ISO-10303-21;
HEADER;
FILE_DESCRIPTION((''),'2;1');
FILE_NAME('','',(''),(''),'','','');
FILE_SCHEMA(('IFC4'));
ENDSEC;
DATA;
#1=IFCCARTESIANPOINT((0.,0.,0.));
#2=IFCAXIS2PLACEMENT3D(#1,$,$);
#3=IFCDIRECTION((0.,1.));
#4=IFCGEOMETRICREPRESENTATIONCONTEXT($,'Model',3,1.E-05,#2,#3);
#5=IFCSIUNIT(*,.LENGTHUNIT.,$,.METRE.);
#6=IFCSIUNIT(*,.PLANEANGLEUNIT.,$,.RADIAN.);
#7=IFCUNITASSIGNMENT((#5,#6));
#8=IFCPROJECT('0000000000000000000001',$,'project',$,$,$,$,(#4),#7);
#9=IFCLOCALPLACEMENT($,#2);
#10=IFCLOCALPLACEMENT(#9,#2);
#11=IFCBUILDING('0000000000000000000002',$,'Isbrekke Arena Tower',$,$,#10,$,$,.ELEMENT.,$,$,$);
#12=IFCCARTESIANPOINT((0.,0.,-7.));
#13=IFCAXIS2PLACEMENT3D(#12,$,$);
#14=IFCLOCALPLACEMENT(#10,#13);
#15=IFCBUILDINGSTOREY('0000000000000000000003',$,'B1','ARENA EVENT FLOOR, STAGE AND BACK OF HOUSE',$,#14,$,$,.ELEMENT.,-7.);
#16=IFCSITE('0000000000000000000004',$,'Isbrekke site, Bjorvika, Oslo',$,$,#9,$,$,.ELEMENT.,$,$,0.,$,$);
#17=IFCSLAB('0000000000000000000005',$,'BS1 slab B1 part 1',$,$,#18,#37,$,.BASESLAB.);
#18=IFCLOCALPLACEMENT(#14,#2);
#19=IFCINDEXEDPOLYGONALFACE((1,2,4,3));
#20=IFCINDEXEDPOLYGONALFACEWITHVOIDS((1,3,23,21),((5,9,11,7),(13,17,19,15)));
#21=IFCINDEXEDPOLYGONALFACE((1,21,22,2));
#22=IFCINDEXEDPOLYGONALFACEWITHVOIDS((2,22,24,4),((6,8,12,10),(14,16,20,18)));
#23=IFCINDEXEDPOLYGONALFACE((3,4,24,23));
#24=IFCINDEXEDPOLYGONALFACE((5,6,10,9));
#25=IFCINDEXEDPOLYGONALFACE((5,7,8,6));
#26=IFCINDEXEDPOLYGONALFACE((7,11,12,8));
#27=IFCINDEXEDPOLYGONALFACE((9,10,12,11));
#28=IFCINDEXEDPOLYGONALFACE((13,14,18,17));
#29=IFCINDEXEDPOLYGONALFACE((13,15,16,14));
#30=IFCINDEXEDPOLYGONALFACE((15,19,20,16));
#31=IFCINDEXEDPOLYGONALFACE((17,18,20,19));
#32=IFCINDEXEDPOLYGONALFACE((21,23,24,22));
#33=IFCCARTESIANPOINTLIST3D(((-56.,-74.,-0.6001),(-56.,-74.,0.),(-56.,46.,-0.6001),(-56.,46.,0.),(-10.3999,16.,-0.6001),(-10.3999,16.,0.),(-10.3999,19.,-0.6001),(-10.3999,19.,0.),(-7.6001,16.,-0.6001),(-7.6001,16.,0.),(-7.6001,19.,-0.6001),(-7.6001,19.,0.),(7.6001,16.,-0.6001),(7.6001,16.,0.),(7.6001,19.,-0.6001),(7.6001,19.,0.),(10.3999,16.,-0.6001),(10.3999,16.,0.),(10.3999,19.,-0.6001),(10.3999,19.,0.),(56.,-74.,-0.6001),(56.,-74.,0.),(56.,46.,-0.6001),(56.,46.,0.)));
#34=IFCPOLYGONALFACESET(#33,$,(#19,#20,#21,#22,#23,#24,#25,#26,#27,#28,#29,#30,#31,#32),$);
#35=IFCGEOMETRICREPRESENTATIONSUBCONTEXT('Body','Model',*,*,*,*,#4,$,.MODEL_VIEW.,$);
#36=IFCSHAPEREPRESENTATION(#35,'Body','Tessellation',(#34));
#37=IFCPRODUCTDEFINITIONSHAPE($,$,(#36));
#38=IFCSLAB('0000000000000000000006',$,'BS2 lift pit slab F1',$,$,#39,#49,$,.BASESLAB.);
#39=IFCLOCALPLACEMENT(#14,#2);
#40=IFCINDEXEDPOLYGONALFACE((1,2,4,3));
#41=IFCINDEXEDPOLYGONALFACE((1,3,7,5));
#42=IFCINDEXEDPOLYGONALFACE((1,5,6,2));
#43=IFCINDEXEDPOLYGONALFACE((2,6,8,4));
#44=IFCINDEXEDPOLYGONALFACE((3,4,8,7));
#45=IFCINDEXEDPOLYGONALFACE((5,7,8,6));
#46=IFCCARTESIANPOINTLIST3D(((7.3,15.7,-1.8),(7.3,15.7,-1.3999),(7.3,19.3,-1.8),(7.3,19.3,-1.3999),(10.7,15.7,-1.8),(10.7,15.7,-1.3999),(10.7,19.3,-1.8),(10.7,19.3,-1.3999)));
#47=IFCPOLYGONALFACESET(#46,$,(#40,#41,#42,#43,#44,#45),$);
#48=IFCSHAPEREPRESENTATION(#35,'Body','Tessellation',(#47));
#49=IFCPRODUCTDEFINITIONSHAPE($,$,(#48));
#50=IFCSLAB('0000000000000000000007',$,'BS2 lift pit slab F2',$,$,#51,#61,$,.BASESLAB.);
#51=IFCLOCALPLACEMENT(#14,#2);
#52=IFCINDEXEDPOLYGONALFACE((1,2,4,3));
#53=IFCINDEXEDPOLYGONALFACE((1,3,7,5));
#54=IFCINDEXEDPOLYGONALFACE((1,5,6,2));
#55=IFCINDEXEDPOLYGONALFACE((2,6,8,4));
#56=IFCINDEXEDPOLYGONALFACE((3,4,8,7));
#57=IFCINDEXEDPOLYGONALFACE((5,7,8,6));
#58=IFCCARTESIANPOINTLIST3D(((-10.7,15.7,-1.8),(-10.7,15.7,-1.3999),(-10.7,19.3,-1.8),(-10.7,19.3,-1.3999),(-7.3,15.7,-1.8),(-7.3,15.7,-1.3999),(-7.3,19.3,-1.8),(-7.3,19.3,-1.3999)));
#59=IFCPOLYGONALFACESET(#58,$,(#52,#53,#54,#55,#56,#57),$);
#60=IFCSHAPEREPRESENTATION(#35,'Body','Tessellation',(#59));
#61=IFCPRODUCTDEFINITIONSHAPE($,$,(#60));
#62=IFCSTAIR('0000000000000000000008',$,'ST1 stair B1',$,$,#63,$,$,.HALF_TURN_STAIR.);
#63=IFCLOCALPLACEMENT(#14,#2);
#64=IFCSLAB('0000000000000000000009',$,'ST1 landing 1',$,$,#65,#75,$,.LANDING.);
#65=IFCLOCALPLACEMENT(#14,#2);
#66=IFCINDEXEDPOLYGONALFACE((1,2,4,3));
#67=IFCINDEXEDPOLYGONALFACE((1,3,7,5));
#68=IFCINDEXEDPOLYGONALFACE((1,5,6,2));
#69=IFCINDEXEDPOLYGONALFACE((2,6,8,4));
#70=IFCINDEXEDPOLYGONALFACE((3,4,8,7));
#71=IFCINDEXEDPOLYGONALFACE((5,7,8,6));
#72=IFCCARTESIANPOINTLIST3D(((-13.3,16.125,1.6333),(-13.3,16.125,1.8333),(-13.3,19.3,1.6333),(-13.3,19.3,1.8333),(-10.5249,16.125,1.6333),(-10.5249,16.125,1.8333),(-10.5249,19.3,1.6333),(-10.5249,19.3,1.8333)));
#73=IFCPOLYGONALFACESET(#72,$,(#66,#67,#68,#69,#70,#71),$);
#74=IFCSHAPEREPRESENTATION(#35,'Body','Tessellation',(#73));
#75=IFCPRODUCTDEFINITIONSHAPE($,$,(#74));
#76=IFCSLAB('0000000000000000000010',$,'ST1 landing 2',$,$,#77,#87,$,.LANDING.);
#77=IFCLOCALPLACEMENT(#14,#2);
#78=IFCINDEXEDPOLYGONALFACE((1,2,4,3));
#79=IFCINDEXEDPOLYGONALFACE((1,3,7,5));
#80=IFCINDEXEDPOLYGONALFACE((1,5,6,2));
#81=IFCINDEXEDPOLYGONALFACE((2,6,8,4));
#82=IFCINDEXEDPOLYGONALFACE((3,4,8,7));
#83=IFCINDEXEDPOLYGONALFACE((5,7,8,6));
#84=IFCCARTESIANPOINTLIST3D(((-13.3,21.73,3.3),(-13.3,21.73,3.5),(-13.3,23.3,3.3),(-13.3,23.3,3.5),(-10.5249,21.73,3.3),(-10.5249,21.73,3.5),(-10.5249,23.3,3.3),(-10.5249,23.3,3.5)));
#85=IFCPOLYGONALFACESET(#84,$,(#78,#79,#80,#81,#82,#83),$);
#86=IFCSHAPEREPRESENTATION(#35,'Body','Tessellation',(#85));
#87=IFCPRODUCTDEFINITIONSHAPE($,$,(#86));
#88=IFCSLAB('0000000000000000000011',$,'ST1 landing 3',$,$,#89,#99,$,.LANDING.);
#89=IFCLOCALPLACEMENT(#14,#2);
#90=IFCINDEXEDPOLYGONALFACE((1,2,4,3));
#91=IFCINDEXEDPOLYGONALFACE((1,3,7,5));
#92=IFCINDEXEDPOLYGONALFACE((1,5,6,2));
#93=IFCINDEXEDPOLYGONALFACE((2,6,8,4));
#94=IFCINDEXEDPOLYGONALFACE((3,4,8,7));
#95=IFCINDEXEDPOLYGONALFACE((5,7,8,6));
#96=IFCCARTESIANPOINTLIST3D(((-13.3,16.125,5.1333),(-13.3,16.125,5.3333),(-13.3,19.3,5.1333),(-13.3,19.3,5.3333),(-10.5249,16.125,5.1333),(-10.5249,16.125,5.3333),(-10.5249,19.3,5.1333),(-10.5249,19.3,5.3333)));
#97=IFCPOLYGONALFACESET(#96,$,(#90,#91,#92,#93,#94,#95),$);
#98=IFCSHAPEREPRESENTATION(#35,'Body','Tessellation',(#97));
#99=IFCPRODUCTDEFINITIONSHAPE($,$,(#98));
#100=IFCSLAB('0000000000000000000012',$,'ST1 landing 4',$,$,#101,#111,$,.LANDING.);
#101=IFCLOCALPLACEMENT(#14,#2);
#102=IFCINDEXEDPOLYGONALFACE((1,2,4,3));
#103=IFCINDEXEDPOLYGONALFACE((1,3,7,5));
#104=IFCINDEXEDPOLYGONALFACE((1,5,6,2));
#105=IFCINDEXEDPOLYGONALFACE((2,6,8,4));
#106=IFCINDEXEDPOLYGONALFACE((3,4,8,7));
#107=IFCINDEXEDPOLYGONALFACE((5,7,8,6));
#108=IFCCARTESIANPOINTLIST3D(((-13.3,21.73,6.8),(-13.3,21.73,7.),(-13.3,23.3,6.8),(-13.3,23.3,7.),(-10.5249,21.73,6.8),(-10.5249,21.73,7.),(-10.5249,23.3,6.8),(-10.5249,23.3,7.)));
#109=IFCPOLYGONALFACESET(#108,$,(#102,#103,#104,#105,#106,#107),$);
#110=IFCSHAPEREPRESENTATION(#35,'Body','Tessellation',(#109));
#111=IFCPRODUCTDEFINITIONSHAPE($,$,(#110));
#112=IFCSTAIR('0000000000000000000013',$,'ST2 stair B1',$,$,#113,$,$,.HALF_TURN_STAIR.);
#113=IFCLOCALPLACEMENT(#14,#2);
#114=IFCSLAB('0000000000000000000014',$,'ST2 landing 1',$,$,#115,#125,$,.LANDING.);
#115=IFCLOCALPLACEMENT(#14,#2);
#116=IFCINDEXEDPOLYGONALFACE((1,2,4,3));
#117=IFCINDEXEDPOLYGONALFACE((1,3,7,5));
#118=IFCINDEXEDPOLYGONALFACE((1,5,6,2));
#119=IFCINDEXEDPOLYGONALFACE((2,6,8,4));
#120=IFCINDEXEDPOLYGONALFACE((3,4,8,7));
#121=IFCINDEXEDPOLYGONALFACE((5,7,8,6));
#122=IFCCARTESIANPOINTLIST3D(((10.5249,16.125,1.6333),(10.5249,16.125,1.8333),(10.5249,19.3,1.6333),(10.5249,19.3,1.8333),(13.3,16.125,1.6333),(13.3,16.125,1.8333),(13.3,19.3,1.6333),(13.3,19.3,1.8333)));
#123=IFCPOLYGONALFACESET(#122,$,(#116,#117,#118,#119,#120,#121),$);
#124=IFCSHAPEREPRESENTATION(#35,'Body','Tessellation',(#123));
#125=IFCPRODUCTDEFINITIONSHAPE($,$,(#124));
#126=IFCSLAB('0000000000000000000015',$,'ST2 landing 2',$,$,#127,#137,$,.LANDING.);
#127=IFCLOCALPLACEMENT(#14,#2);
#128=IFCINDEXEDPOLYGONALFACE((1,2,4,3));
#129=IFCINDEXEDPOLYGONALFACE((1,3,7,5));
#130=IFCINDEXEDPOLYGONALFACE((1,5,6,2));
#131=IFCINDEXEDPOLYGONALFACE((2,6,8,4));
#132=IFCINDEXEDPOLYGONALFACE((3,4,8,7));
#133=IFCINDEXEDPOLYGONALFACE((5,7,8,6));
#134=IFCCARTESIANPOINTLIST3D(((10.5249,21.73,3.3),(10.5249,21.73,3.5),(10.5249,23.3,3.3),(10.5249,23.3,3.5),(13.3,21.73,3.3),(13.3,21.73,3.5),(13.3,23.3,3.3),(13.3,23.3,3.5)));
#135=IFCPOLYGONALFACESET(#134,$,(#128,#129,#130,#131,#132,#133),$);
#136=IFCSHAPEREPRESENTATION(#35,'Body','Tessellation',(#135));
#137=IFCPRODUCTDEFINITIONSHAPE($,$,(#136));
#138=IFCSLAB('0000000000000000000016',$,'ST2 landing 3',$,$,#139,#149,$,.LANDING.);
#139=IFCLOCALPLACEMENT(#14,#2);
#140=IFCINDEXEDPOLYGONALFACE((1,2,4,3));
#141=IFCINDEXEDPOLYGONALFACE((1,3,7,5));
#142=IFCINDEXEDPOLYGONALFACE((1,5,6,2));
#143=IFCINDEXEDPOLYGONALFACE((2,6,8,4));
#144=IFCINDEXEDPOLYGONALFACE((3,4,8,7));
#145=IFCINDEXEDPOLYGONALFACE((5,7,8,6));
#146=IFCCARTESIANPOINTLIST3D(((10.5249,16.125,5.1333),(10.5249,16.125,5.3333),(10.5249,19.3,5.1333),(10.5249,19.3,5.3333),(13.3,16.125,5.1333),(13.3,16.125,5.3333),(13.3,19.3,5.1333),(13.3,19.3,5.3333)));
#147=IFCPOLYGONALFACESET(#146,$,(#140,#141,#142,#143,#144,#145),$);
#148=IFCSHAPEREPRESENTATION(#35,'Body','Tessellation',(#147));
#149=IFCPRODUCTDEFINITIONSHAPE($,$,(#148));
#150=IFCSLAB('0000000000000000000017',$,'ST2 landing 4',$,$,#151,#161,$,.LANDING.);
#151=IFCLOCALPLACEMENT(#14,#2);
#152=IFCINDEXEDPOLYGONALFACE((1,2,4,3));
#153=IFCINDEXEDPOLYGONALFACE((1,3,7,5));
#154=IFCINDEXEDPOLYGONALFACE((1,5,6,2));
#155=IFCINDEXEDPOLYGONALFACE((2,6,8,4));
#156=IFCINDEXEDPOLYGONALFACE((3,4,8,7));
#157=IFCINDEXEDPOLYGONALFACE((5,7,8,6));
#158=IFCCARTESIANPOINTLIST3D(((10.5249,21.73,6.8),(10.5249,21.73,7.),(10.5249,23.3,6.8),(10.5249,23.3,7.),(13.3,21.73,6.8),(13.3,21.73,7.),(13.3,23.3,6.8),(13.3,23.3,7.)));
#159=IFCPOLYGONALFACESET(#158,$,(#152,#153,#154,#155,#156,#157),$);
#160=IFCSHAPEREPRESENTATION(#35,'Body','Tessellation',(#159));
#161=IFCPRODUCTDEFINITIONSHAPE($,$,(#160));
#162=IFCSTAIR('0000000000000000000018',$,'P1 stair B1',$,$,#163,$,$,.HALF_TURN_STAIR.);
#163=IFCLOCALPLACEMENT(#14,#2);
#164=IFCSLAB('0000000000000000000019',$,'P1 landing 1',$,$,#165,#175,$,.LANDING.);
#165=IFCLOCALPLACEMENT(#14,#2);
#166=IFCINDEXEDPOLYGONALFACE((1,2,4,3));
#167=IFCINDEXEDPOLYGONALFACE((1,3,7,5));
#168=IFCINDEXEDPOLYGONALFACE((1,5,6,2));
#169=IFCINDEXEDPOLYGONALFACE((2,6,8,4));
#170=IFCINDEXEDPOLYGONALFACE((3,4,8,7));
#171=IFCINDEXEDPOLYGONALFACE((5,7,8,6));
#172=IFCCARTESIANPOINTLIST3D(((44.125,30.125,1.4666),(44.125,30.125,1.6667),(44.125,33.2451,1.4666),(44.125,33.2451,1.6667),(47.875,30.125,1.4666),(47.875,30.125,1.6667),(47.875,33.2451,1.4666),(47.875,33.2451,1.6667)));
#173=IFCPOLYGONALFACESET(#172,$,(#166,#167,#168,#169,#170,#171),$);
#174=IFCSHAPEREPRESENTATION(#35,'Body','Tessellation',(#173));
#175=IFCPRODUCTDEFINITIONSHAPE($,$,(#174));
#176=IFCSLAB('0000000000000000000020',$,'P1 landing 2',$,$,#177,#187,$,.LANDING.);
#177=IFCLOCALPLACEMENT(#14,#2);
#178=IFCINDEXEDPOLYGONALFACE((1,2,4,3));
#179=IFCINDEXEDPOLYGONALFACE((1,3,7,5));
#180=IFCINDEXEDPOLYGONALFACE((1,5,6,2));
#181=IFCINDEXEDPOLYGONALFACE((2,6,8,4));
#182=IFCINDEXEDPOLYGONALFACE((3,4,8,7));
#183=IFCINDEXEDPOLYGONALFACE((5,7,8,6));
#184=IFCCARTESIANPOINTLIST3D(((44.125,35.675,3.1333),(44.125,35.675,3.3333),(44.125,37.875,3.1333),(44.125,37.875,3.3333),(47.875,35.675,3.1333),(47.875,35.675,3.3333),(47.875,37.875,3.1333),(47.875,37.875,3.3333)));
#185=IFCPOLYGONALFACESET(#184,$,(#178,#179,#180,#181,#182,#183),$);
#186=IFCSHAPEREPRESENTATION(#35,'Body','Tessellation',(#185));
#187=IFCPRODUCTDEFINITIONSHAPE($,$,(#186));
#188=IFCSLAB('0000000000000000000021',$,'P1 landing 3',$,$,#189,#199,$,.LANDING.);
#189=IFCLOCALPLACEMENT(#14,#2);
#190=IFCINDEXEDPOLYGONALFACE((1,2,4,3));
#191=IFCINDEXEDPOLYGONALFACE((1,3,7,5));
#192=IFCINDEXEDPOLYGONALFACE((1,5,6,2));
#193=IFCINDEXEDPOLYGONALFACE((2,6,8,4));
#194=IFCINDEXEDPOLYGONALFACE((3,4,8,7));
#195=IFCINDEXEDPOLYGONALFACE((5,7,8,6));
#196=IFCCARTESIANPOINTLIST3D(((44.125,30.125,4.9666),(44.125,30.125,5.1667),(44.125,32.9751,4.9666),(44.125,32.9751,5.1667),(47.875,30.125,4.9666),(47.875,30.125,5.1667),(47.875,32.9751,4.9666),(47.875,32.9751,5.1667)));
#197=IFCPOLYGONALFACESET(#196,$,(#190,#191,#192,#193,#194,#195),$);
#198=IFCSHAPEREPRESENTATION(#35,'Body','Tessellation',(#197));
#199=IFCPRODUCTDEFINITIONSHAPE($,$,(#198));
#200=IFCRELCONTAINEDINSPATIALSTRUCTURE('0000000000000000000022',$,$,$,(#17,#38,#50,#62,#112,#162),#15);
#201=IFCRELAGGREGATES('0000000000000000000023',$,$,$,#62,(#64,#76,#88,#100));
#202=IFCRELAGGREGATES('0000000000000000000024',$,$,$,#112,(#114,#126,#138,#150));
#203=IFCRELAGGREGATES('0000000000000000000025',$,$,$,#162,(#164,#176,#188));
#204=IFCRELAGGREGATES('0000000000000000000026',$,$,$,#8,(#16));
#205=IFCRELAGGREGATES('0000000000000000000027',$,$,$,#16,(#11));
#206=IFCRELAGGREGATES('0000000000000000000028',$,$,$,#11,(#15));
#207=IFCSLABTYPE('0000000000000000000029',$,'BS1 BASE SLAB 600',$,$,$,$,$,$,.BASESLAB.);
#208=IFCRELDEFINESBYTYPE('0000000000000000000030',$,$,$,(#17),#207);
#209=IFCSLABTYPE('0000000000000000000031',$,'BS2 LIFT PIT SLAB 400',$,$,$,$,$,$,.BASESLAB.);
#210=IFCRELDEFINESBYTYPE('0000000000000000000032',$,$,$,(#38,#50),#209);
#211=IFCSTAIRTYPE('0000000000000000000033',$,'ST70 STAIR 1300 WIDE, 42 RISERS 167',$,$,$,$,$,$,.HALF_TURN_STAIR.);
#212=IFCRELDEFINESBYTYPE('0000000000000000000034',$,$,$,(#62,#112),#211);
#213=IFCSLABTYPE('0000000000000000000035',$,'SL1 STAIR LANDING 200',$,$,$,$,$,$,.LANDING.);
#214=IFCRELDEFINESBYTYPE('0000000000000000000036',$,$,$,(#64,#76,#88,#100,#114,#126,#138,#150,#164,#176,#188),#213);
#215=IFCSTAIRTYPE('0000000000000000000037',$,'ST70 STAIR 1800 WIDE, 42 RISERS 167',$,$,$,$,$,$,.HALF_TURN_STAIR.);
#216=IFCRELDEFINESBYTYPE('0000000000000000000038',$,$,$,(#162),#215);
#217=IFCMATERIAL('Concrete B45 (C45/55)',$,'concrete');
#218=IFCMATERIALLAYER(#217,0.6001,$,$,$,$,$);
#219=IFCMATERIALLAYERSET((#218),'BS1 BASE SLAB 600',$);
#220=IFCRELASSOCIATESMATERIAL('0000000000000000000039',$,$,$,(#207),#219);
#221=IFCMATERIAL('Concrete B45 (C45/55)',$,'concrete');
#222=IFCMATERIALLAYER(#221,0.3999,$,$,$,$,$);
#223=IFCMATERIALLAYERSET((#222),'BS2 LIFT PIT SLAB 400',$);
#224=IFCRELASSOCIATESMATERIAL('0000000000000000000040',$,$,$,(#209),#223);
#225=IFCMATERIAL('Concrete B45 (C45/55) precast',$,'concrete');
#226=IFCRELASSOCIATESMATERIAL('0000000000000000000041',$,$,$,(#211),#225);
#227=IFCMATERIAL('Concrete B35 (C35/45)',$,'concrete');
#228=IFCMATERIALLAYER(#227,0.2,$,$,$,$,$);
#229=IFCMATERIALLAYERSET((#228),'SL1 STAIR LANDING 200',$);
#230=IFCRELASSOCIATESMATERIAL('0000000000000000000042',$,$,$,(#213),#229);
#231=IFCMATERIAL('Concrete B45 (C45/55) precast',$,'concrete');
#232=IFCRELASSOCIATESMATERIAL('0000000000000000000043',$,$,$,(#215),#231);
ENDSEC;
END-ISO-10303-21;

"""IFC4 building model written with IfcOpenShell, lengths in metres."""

from ifc_helpers import new_model, si_unit, direction, frame, origin, place, context, subcontext, project, spatial, polyline, outline, extrude, material, layer, layer_set, type_object, element, aggregate, save


model = new_model("IFC4")

# Units and contexts
model_context = context("Model", 3, precision=1e-05, world=origin(), true_north=direction((0.0, 1.0)))
body_context = subcontext(model_context, "Body", "Model", "MODEL_VIEW")
ifc_project = project(units=[si_unit("LENGTHUNIT", "METRE"), si_unit("PLANEANGLEUNIT", "RADIAN")], contexts=[model_context])

# Site, building, storey
site_placement = place(None, origin())
site = spatial("IfcSite", under=ifc_project, at=site_placement, Name="Isbrekke site, Bjorvika, Oslo", CompositionType="ELEMENT", RefElevation=0.0)
building_placement = place(site_placement, origin())
building = spatial("IfcBuilding", under=site, at=building_placement, Name="Isbrekke Arena Tower", CompositionType="ELEMENT")
storey_placement = place(building_placement, frame((0.0, 0.0, -7.0)))
storey = spatial("IfcBuildingStorey", under=building, at=storey_placement, Name="B1", Description="ARENA EVENT FLOOR, STAGE AND BACK OF HOUSE", CompositionType="ELEMENT", Elevation=-7.0)

# Slabs
ifc_material_1 = material(Name="Concrete B45 (C45/55)", Category="concrete")
ifc_layer_1 = layer(ifc_material_1, 0.6001)
ifc_layer_set_1 = layer_set([ifc_layer_1], Name="BS1 BASE SLAB 600")
slab_type_1 = type_object("IfcSlabType", Name="BS1 BASE SLAB 600", PredefinedType="BASESLAB", material=ifc_layer_set_1)
slab_1_placement = place(storey_placement, frame((0.0, 0.0, -0.6001)))
element("IfcSlab", 1, at=slab_1_placement, inside=storey, type_object=slab_type_1, Name="BS1 slab B1 part 1", PredefinedType="BASESLAB", context=body_context, shape_type="SweptSolid", body=[
    extrude(outline(polyline([(-56.0, -74.0), (56.0, -74.0), (56.0, 46.0), (-56.0, 46.0), (-56.0, -74.0)]), holes=[polyline([(7.6001, 16.0), (10.3999, 16.0), (10.3999, 19.0), (7.6001, 19.0), (7.6001, 16.0)]), polyline([(-10.3999, 16.0), (-7.6001, 16.0), (-7.6001, 19.0), (-10.3999, 19.0), (-10.3999, 16.0)])]), origin(), (0.0, 0.0, 1.0), 0.6001),
])
ifc_material_2 = material(Name="Concrete B45 (C45/55)", Category="concrete")
ifc_layer_2 = layer(ifc_material_2, 0.3999)
ifc_layer_set_2 = layer_set([ifc_layer_2], Name="BS2 LIFT PIT SLAB 400")
slab_type_2 = type_object("IfcSlabType", Name="BS2 LIFT PIT SLAB 400", PredefinedType="BASESLAB", material=ifc_layer_set_2)
slab_2_placement = place(storey_placement, frame((0.0, 0.0, -1.8)))
element("IfcSlab", 2, at=slab_2_placement, inside=storey, type_object=slab_type_2, Name="BS2 lift pit slab F1", PredefinedType="BASESLAB", context=body_context, shape_type="SweptSolid", body=[
    extrude(outline(polyline([(7.3, 15.7), (10.7, 15.7), (10.7, 19.3), (7.3, 19.3), (7.3, 15.7)])), origin(), (0.0, 0.0, 1.0), 0.4001),
])
slab_3_placement = place(storey_placement, frame((0.0, 0.0, -1.8)))
element("IfcSlab", 3, at=slab_3_placement, inside=storey, type_object=slab_type_2, Name="BS2 lift pit slab F2", PredefinedType="BASESLAB", context=body_context, shape_type="SweptSolid", body=[
    extrude(outline(polyline([(-10.7, 15.7), (-7.3, 15.7), (-7.3, 19.3), (-10.7, 19.3), (-10.7, 15.7)])), origin(), (0.0, 0.0, 1.0), 0.4001),
])

# Stairs, slabs
ifc_material_3 = material(Name="Concrete B45 (C45/55) precast", Category="concrete")
stair_type_1 = type_object("IfcStairType", Name="ST70 STAIR 1300 WIDE, 42 RISERS 167", PredefinedType="HALF_TURN_STAIR", material=ifc_material_3)
stair_1_placement = place(storey_placement, origin())
stair_1 = element("IfcStair", 4, at=stair_1_placement, inside=storey, type_object=stair_type_1, Name="ST1 stair B1", PredefinedType="HALF_TURN_STAIR")
ifc_material_4 = material(Name="Concrete B35 (C35/45)", Category="concrete")
ifc_layer_3 = layer(ifc_material_4, 0.2)
ifc_layer_set_3 = layer_set([ifc_layer_3], Name="SL1 STAIR LANDING 200")
slab_type_3 = type_object("IfcSlabType", Name="SL1 STAIR LANDING 200", PredefinedType="LANDING", material=ifc_layer_set_3)
slab_4_placement = place(storey_placement, frame((0.0, 0.0, 1.6333)))
slab_4 = element("IfcSlab", 5, at=slab_4_placement, type_object=slab_type_3, Name="ST1 landing 1", PredefinedType="LANDING", context=body_context, shape_type="SweptSolid", body=[
    extrude(outline(polyline([(-13.3, 16.125), (-10.5249, 16.125), (-10.5249, 19.3), (-13.3, 19.3), (-13.3, 16.125)])), origin(), (0.0, 0.0, 1.0), 0.2),
])
slab_5_placement = place(storey_placement, frame((0.0, 0.0, 3.3)))
slab_5 = element("IfcSlab", 6, at=slab_5_placement, type_object=slab_type_3, Name="ST1 landing 2", PredefinedType="LANDING", context=body_context, shape_type="SweptSolid", body=[
    extrude(outline(polyline([(-13.3, 21.73), (-10.5249, 21.73), (-10.5249, 23.3), (-13.3, 23.3), (-13.3, 21.73)])), origin(), (0.0, 0.0, 1.0), 0.2),
])
slab_6_placement = place(storey_placement, frame((0.0, 0.0, 5.1333)))
slab_6 = element("IfcSlab", 7, at=slab_6_placement, type_object=slab_type_3, Name="ST1 landing 3", PredefinedType="LANDING", context=body_context, shape_type="SweptSolid", body=[
    extrude(outline(polyline([(-13.3, 16.125), (-10.5249, 16.125), (-10.5249, 19.3), (-13.3, 19.3), (-13.3, 16.125)])), origin(), (0.0, 0.0, 1.0), 0.2),
])
slab_7_placement = place(storey_placement, frame((0.0, 0.0, 6.8)))
slab_7 = element("IfcSlab", 8, at=slab_7_placement, type_object=slab_type_3, Name="ST1 landing 4", PredefinedType="LANDING", context=body_context, shape_type="SweptSolid", body=[
    extrude(outline(polyline([(-13.3, 21.73), (-10.5249, 21.73), (-10.5249, 23.3), (-13.3, 23.3), (-13.3, 21.73)])), origin(), (0.0, 0.0, 1.0), 0.2),
])
aggregate(stair_1, [slab_4, slab_5, slab_6, slab_7])
stair_2_placement = place(storey_placement, origin())
stair_2 = element("IfcStair", 9, at=stair_2_placement, inside=storey, type_object=stair_type_1, Name="ST2 stair B1", PredefinedType="HALF_TURN_STAIR")
slab_8_placement = place(storey_placement, frame((0.0, 0.0, 1.6333)))
slab_8 = element("IfcSlab", 10, at=slab_8_placement, type_object=slab_type_3, Name="ST2 landing 1", PredefinedType="LANDING", context=body_context, shape_type="SweptSolid", body=[
    extrude(outline(polyline([(10.5249, 16.125), (13.3, 16.125), (13.3, 19.3), (10.5249, 19.3), (10.5249, 16.125)])), origin(), (0.0, 0.0, 1.0), 0.2),
])
slab_9_placement = place(storey_placement, frame((0.0, 0.0, 3.3)))
slab_9 = element("IfcSlab", 11, at=slab_9_placement, type_object=slab_type_3, Name="ST2 landing 2", PredefinedType="LANDING", context=body_context, shape_type="SweptSolid", body=[
    extrude(outline(polyline([(10.5249, 21.73), (13.3, 21.73), (13.3, 23.3), (10.5249, 23.3), (10.5249, 21.73)])), origin(), (0.0, 0.0, 1.0), 0.2),
])
slab_10_placement = place(storey_placement, frame((0.0, 0.0, 5.1333)))
slab_10 = element("IfcSlab", 12, at=slab_10_placement, type_object=slab_type_3, Name="ST2 landing 3", PredefinedType="LANDING", context=body_context, shape_type="SweptSolid", body=[
    extrude(outline(polyline([(10.5249, 16.125), (13.3, 16.125), (13.3, 19.3), (10.5249, 19.3), (10.5249, 16.125)])), origin(), (0.0, 0.0, 1.0), 0.2),
])
slab_11_placement = place(storey_placement, frame((0.0, 0.0, 6.8)))
slab_11 = element("IfcSlab", 13, at=slab_11_placement, type_object=slab_type_3, Name="ST2 landing 4", PredefinedType="LANDING", context=body_context, shape_type="SweptSolid", body=[
    extrude(outline(polyline([(10.5249, 21.73), (13.3, 21.73), (13.3, 23.3), (10.5249, 23.3), (10.5249, 21.73)])), origin(), (0.0, 0.0, 1.0), 0.2),
])
aggregate(stair_2, [slab_8, slab_9, slab_10, slab_11])
ifc_material_5 = material(Name="Concrete B45 (C45/55) precast", Category="concrete")
stair_type_2 = type_object("IfcStairType", Name="ST70 STAIR 1800 WIDE, 42 RISERS 167", PredefinedType="HALF_TURN_STAIR", material=ifc_material_5)
stair_3_placement = place(storey_placement, origin())
stair_3 = element("IfcStair", 14, at=stair_3_placement, inside=storey, type_object=stair_type_2, Name="P1 stair B1", PredefinedType="HALF_TURN_STAIR")
slab_12_placement = place(storey_placement, frame((0.0, 0.0, 1.4666)))
slab_12 = element("IfcSlab", 15, at=slab_12_placement, type_object=slab_type_3, Name="P1 landing 1", PredefinedType="LANDING", context=body_context, shape_type="SweptSolid", body=[
    extrude(outline(polyline([(44.125, 30.125), (47.875, 30.125), (47.875, 33.2451), (44.125, 33.2451), (44.125, 30.125)])), origin(), (0.0, 0.0, 1.0), 0.2002),
])
slab_13_placement = place(storey_placement, frame((0.0, 0.0, 3.1333)))
slab_13 = element("IfcSlab", 16, at=slab_13_placement, type_object=slab_type_3, Name="P1 landing 2", PredefinedType="LANDING", context=body_context, shape_type="SweptSolid", body=[
    extrude(outline(polyline([(44.125, 35.675), (47.875, 35.675), (47.875, 37.875), (44.125, 37.875), (44.125, 35.675)])), origin(), (0.0, 0.0, 1.0), 0.2),
])
slab_14_placement = place(storey_placement, frame((0.0, 0.0, 4.9666)))
slab_14 = element("IfcSlab", 17, at=slab_14_placement, type_object=slab_type_3, Name="P1 landing 3", PredefinedType="LANDING", context=body_context, shape_type="SweptSolid", body=[
    extrude(outline(polyline([(44.125, 30.125), (47.875, 30.125), (47.875, 32.9751), (44.125, 32.9751), (44.125, 30.125)])), origin(), (0.0, 0.0, 1.0), 0.2002),
])
aggregate(stair_3, [slab_12, slab_13, slab_14])

save(model, "model.ifc")
